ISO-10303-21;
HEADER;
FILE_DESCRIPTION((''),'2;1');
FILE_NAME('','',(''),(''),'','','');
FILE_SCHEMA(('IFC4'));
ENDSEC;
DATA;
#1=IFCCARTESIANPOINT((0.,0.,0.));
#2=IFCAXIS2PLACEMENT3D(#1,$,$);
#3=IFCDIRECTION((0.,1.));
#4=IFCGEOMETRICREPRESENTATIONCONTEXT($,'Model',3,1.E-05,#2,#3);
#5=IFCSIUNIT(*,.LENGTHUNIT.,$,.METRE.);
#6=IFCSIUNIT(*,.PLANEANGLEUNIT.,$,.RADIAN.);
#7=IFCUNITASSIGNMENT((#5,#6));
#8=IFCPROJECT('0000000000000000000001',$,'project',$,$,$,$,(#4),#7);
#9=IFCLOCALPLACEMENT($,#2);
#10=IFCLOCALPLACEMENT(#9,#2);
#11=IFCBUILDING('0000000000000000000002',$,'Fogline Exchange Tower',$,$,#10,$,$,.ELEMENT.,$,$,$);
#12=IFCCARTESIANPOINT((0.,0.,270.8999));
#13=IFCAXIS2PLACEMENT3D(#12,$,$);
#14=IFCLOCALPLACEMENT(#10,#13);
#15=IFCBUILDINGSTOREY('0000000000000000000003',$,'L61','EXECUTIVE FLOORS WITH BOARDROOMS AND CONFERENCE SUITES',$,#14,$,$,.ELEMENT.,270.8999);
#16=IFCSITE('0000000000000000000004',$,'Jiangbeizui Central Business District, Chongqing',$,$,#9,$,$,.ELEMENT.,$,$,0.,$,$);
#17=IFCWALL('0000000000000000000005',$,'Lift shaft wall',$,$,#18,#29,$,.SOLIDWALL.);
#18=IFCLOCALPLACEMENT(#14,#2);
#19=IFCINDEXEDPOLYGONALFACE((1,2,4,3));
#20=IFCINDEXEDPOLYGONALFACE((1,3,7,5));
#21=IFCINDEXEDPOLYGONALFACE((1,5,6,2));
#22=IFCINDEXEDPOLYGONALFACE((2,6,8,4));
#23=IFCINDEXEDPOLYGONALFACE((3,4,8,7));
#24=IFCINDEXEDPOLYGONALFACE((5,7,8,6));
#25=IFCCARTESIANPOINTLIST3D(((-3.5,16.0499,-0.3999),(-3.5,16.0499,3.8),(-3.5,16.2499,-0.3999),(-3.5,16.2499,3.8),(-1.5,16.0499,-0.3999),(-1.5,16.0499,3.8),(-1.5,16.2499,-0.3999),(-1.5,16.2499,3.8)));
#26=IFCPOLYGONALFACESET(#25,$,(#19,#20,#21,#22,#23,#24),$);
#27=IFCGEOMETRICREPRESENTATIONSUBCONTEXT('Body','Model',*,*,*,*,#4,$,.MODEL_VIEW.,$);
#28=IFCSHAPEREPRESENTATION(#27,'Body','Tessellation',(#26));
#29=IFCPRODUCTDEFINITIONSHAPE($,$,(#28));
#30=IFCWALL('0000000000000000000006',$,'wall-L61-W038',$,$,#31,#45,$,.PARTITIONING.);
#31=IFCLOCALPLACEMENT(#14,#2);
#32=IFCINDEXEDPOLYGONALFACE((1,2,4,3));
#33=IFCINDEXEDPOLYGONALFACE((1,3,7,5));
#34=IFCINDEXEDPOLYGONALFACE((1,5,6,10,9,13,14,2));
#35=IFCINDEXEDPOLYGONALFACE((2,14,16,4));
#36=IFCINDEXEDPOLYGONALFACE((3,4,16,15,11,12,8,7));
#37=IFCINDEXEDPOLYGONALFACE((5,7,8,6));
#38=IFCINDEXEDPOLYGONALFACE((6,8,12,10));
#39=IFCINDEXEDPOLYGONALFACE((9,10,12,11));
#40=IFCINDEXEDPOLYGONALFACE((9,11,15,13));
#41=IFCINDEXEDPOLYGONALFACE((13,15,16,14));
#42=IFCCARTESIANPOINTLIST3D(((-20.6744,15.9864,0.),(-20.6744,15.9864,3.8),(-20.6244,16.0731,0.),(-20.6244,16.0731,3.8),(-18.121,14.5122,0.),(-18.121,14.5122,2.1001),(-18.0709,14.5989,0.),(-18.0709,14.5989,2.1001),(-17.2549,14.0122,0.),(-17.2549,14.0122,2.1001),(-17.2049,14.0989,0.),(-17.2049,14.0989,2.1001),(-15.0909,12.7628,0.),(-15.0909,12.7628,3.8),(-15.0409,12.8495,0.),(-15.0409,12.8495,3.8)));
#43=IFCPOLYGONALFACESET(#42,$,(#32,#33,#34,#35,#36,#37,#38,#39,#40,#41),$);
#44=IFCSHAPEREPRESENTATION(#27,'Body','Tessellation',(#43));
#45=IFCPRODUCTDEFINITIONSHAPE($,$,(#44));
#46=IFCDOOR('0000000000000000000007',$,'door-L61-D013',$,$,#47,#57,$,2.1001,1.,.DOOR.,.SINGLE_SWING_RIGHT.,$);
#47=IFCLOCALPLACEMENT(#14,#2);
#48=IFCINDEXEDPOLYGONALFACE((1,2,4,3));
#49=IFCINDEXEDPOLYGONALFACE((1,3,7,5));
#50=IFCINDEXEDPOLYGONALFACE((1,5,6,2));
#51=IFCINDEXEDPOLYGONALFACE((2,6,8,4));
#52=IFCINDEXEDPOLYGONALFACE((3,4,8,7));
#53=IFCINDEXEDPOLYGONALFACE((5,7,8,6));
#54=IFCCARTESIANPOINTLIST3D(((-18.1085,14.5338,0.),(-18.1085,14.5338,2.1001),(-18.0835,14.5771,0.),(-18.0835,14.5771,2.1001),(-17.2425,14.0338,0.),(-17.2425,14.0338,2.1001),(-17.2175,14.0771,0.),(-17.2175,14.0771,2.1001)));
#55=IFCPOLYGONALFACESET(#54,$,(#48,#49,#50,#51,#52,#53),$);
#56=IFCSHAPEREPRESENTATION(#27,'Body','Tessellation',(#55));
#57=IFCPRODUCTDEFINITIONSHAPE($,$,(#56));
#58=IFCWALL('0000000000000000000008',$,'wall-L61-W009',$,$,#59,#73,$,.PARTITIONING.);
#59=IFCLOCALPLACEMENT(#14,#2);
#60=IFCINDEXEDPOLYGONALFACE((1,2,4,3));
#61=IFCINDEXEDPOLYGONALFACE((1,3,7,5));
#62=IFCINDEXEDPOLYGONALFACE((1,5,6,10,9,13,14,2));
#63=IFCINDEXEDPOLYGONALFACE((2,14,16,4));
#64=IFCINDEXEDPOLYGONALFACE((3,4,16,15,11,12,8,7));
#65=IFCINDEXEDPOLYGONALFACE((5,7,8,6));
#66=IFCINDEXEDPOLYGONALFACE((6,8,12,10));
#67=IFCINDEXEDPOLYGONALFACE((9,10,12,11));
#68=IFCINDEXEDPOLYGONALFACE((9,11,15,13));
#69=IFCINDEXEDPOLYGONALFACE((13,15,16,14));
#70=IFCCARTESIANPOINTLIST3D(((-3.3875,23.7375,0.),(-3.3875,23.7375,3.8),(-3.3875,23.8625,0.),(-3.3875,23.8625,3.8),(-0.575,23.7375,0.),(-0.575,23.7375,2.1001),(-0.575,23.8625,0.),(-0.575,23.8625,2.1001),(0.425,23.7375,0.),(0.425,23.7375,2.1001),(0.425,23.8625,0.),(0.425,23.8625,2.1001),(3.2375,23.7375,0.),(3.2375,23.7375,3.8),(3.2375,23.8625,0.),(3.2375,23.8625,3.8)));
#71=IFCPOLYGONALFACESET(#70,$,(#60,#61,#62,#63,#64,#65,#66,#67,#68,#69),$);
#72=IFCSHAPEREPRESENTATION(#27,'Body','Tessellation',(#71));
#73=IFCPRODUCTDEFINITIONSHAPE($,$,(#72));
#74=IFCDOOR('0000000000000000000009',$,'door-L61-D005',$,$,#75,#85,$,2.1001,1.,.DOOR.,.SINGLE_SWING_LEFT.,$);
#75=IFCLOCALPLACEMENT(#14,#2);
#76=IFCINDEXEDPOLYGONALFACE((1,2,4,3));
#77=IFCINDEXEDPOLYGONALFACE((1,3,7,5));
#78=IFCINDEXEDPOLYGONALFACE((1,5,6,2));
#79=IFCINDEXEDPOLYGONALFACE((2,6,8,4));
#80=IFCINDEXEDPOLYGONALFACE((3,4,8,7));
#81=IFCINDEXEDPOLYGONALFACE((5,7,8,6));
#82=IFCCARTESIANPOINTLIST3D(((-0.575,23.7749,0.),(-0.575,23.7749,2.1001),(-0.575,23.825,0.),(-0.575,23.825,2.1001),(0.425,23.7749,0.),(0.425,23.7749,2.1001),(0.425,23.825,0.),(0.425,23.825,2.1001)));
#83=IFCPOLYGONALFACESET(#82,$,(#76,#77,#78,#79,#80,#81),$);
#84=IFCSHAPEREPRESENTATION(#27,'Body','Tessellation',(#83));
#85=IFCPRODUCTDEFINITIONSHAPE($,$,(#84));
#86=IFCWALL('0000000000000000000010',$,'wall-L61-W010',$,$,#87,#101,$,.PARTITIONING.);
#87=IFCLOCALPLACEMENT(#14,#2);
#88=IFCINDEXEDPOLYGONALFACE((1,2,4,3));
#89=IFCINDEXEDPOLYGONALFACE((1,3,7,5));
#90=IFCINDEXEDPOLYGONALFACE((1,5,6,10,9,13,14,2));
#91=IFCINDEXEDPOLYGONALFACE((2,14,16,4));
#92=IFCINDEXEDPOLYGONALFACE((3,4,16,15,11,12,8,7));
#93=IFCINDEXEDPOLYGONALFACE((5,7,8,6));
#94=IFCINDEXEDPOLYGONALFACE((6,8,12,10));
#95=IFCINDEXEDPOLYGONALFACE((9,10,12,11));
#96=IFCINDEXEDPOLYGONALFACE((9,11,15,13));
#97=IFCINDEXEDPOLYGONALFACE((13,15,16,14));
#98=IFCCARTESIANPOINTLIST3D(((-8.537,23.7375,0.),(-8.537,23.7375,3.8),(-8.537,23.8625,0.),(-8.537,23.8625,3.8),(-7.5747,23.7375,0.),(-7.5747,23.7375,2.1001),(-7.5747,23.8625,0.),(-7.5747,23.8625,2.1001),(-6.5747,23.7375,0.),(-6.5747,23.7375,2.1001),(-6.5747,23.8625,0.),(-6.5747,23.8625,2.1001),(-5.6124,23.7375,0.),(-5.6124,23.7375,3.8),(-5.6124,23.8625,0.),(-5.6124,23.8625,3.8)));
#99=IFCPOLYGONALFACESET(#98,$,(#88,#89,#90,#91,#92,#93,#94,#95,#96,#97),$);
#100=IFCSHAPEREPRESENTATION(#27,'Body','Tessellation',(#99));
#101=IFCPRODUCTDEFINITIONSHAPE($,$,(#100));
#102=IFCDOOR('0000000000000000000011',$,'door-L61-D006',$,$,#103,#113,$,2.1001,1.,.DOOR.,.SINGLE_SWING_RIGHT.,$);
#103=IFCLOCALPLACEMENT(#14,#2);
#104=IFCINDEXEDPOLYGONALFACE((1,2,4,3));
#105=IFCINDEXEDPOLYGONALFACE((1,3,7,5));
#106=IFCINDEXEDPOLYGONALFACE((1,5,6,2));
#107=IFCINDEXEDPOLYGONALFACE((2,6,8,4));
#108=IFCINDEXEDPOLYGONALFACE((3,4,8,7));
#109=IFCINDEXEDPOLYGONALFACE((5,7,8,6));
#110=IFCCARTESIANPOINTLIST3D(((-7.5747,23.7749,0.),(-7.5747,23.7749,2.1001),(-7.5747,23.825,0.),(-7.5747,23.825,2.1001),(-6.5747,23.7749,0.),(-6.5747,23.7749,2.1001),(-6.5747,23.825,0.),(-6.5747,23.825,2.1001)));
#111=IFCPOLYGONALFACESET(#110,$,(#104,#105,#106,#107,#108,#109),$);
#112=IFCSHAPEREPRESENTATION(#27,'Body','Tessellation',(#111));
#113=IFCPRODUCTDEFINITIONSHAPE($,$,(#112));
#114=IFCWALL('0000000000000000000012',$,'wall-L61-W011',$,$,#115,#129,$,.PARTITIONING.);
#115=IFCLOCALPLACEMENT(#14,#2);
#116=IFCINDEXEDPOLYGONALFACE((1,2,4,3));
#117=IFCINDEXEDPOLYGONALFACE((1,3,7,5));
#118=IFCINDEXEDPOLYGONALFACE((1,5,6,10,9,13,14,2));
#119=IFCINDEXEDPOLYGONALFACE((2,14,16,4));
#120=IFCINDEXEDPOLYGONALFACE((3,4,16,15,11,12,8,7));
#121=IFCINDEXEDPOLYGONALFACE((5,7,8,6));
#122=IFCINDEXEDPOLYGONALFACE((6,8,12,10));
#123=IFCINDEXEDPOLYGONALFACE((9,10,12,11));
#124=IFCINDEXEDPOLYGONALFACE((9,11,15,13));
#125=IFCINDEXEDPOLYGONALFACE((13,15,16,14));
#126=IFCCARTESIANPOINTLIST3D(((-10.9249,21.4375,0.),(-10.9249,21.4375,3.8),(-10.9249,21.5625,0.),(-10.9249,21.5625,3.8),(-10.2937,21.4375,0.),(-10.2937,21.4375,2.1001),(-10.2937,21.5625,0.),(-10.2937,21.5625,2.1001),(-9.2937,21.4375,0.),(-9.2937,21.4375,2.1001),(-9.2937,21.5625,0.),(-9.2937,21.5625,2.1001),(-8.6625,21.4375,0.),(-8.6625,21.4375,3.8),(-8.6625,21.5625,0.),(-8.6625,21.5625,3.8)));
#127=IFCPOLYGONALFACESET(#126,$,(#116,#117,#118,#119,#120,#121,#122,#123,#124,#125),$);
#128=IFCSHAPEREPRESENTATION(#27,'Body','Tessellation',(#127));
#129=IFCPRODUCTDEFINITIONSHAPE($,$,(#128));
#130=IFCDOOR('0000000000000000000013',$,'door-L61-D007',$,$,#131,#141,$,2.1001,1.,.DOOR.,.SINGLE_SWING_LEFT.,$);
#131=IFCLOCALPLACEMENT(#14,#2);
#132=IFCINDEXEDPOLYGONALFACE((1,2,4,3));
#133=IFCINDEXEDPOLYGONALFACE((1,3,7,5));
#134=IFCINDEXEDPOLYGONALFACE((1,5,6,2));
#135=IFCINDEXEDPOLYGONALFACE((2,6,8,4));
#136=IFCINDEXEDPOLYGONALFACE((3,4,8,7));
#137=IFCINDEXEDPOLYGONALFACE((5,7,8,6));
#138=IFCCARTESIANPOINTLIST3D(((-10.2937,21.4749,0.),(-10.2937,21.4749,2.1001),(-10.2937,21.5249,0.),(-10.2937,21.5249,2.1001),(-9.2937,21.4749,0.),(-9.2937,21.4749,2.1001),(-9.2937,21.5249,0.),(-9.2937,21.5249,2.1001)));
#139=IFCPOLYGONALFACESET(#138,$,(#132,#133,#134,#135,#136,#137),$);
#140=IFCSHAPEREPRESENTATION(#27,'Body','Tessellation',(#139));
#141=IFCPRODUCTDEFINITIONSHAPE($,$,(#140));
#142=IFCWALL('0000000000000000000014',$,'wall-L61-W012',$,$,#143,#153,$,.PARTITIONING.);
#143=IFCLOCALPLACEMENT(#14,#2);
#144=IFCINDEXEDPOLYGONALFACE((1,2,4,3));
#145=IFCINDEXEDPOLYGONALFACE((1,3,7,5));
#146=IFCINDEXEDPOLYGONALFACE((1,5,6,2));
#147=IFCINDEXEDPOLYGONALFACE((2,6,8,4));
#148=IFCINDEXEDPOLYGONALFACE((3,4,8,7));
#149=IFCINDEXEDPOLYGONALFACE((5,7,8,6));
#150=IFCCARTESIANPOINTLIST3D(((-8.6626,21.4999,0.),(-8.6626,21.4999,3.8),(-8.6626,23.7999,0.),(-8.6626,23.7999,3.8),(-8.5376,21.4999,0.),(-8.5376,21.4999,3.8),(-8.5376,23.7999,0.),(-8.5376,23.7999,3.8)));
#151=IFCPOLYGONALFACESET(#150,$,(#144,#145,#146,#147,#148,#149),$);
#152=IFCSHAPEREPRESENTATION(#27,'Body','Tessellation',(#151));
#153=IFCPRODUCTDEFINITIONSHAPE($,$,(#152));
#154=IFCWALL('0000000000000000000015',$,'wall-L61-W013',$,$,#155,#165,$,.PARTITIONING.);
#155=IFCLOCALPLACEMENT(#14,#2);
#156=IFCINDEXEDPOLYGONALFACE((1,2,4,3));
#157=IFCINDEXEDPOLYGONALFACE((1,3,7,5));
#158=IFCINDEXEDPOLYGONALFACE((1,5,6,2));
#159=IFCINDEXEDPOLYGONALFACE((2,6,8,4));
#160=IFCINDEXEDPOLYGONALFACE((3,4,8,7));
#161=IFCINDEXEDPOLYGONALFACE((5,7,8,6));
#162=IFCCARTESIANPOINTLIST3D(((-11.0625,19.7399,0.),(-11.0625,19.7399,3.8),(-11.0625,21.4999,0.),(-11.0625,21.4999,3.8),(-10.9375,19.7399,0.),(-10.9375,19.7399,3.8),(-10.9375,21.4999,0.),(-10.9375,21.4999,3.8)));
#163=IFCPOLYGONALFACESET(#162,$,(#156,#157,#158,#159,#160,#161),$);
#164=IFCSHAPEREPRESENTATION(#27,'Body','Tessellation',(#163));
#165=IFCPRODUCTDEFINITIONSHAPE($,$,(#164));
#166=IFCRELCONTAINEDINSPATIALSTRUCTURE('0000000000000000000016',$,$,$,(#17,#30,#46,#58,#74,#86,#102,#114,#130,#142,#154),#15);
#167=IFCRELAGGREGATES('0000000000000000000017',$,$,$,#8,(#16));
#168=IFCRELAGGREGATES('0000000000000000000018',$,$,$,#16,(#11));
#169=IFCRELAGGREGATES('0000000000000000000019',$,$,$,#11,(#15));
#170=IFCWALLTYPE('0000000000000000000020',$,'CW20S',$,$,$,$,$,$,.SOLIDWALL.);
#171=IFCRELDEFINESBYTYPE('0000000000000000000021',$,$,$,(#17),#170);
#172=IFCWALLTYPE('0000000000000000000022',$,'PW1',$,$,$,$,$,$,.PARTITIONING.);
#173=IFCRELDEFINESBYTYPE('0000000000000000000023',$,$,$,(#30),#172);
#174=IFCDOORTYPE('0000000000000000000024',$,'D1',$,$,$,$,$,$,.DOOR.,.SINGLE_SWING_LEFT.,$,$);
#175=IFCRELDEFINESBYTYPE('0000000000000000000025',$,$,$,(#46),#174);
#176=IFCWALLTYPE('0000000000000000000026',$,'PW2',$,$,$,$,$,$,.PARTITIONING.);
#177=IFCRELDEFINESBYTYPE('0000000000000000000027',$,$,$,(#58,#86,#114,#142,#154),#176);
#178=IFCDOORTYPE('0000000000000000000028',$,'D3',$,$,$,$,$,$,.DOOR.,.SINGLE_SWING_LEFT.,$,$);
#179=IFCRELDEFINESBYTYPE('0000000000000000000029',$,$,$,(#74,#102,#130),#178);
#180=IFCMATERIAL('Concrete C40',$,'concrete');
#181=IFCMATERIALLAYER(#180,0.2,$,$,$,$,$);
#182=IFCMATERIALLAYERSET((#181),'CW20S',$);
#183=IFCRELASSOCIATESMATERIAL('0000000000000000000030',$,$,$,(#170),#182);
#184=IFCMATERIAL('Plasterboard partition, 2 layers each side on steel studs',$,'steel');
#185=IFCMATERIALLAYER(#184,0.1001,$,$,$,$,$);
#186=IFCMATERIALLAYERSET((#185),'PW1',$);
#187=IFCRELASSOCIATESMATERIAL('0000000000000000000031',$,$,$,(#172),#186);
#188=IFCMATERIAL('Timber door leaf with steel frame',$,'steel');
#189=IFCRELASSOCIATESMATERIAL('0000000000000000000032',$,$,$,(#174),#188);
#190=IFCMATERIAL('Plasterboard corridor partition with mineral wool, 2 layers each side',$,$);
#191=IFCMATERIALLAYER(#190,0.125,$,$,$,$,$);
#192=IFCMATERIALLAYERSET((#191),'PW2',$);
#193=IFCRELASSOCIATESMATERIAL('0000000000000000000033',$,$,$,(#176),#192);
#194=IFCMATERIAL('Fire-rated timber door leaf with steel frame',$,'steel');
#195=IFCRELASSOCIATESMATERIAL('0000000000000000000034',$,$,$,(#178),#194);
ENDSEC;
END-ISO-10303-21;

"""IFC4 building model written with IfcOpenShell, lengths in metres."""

from ifc_helpers import new_model, si_unit, direction, frame, frame_2d, origin, place, context, subcontext, project, spatial, rectangle, extrude, material, layer, layer_set, type_object, element, fill, save


model = new_model("IFC4")

# Units and contexts
model_context = context("Model", 3, precision=1e-05, world=origin(), true_north=direction((0.0, 1.0)))
body_context = subcontext(model_context, "Body", "Model", "MODEL_VIEW")
ifc_project = project(units=[si_unit("LENGTHUNIT", "METRE"), si_unit("PLANEANGLEUNIT", "RADIAN")], contexts=[model_context])

# Site, building, storey
site_placement = place(None, origin())
site = spatial("IfcSite", under=ifc_project, at=site_placement, Name="Jiangbeizui Central Business District, Chongqing", CompositionType="ELEMENT", RefElevation=0.0)
building_placement = place(site_placement, origin())
building = spatial("IfcBuilding", under=site, at=building_placement, Name="Fogline Exchange Tower", CompositionType="ELEMENT")
storey_placement = place(building_placement, frame((0.0, 0.0, 270.8999)))
storey = spatial("IfcBuildingStorey", under=building, at=storey_placement, Name="L61", Description="EXECUTIVE FLOORS WITH BOARDROOMS AND CONFERENCE SUITES", CompositionType="ELEMENT", Elevation=270.8999)

# Shared definitions
ifc_material_1 = material(Name="Concrete C40", Category="concrete")

# Wall
ifc_layer_1 = layer(ifc_material_1, 0.2)
ifc_layer_set_1 = layer_set([ifc_layer_1], Name="CW20S")
wall_type_1 = type_object("IfcWallType", Name="CW20S", PredefinedType="SOLIDWALL", material=ifc_layer_set_1)
for number, where, z_axis, x_axis, name in (
    (1, (-3.5, 16.1499, -0.3999), (0.0, 0.0, 1.0), (1.0, 0.0, 0.0), "Lift shaft wall"),
):
    element("IfcWall", number, at=place(storey_placement, frame(where, z_axis=z_axis, x_axis=x_axis)), inside=storey, type_object=wall_type_1, Name=name, PredefinedType="SOLIDWALL", context=body_context, shape_type="SweptSolid", body=[
        extrude(rectangle(XDim=2.0, YDim=0.2, at=frame_2d((1.0, 0.0))), origin(), (0.0, 0.0, 1.0), 4.2),
    ])

# Walls, openings, doors
ifc_material_2 = material(Name="Plasterboard partition, 2 layers each side on steel studs", Category="steel")
ifc_layer_2 = layer(ifc_material_2, 0.1001)
ifc_layer_set_2 = layer_set([ifc_layer_2], Name="PW1")
wall_type_2 = type_object("IfcWallType", Name="PW1", PredefinedType="PARTITIONING", material=ifc_layer_set_2)
wall_1_placement = place(storey_placement, frame((-15.0659, 12.8062, 0.0), z_axis=(0.0, 0.0, 1.0), x_axis=(-0.866025, 0.5, 0.0)))
wall_1 = element("IfcWall", 2, at=wall_1_placement, inside=storey, type_object=wall_type_2, Name="wall-L61-W038", PredefinedType="PARTITIONING", context=body_context, shape_type="SweptSolid", body=[
    extrude(rectangle(XDim=6.4473, YDim=0.1001, at=frame_2d((3.2236, 0.0))), origin(), (0.0, 0.0, 1.0), 3.8),
])
opening_1_placement = place(wall_1_placement, frame((2.4988, 0.0, 0.0)))
opening_1 = element("IfcOpeningElement", 3, at=opening_1_placement, cuts=wall_1, PredefinedType="OPENING", context=body_context, shape_type="SweptSolid", body=[
    extrude(rectangle(XDim=1.0, YDim=2.1001, at=frame_2d((0.5, 1.05))), frame((0.0, 0.0601, 0.0), z_axis=(0.0, -1.0, 0.0), x_axis=(1.0, 0.0, 0.0)), (0.0, 0.0, 1.0), 0.1201),
])
ifc_material_3 = material(Name="Timber door leaf with steel frame", Category="steel")
door_type_1 = type_object("IfcDoorType", Name="D1", OperationType="SINGLE_SWING_LEFT", PredefinedType="DOOR", material=ifc_material_3)
door_1_placement = place(opening_1_placement, frame((1.0, 0.0, 0.0), z_axis=(0.0, 0.0, 1.0), x_axis=(-1.0, 0.0, 0.0)))
door_1 = element("IfcDoor", 4, at=door_1_placement, inside=storey, type_object=door_type_1, Name="door-L61-D013", OperationType="SINGLE_SWING_RIGHT", OverallHeight=2.1001, OverallWidth=1.0, PredefinedType="DOOR", context=body_context, shape_type="SweptSolid", body=[
    extrude(rectangle(XDim=1.0, YDim=2.1001, at=frame_2d((0.5, 1.05))), frame((0.0, 0.0249, 0.0), z_axis=(0.0, -1.0, 0.0), x_axis=(1.0, 0.0, 0.0)), (0.0, 0.0, 1.0), 0.05),
])
fill(opening_1, door_1)
ifc_material_4 = material(Name="Plasterboard corridor partition with mineral wool, 2 layers each side")
ifc_layer_3 = layer(ifc_material_4, 0.125)
ifc_layer_set_3 = layer_set([ifc_layer_3], Name="PW2")
wall_type_3 = type_object("IfcWallType", Name="PW2", PredefinedType="PARTITIONING", material=ifc_layer_set_3)
wall_2_placement = place(storey_placement, frame((-3.3875, 23.8, 0.0), z_axis=(0.0, 0.0, 1.0), x_axis=(1.0, 0.0, 0.0)))
wall_2 = element("IfcWall", 5, at=wall_2_placement, inside=storey, type_object=wall_type_3, Name="wall-L61-W009", PredefinedType="PARTITIONING", context=body_context, shape_type="SweptSolid", body=[
    extrude(rectangle(XDim=6.625, YDim=0.125, at=frame_2d((3.3125, 0.0))), origin(), (0.0, 0.0, 1.0), 3.8),
])
opening_2_placement = place(wall_2_placement, frame((2.8125, 0.0, 0.0)))
opening_2 = element("IfcOpeningElement", 6, at=opening_2_placement, cuts=wall_2, PredefinedType="OPENING", context=body_context, shape_type="SweptSolid", body=[
    extrude(rectangle(XDim=1.0, YDim=2.1001, at=frame_2d((0.5, 1.05))), frame((0.0, 0.0725, 0.0), z_axis=(0.0, -1.0, 0.0), x_axis=(1.0, 0.0, 0.0)), (0.0, 0.0, 1.0), 0.145),
])
ifc_material_5 = material(Name="Fire-rated timber door leaf with steel frame", Category="steel")
door_type_2 = type_object("IfcDoorType", Name="D3", OperationType="SINGLE_SWING_LEFT", PredefinedType="DOOR", material=ifc_material_5)
door_2_placement = place(opening_2_placement, origin())
door_2 = element("IfcDoor", 7, at=door_2_placement, inside=storey, type_object=door_type_2, Name="door-L61-D005", OperationType="SINGLE_SWING_LEFT", OverallHeight=2.1001, OverallWidth=1.0, PredefinedType="DOOR", context=body_context, shape_type="SweptSolid", body=[
    extrude(rectangle(XDim=1.0, YDim=2.1001, at=frame_2d((0.5, 1.05))), frame((0.0, 0.0249, 0.0), z_axis=(0.0, -1.0, 0.0), x_axis=(1.0, 0.0, 0.0)), (0.0, 0.0, 1.0), 0.05),
])
fill(opening_2, door_2)
wall_3_placement = place(storey_placement, frame((-8.5371, 23.8, 0.0), z_axis=(0.0, 0.0, 1.0), x_axis=(1.0, 0.0, 0.0)))
wall_3 = element("IfcWall", 8, at=wall_3_placement, inside=storey, type_object=wall_type_3, Name="wall-L61-W010", PredefinedType="PARTITIONING", context=body_context, shape_type="SweptSolid", body=[
    extrude(rectangle(XDim=2.9246, YDim=0.125, at=frame_2d((1.4624, 0.0))), origin(), (0.0, 0.0, 1.0), 3.8),
])
opening_3_placement = place(wall_3_placement, frame((0.9624, 0.0, 0.0)))
opening_3 = element("IfcOpeningElement", 9, at=opening_3_placement, cuts=wall_3, PredefinedType="OPENING", context=body_context, shape_type="SweptSolid", body=[
    extrude(rectangle(XDim=1.0, YDim=2.1001, at=frame_2d((0.5, 1.05))), frame((0.0, 0.0725, 0.0), z_axis=(0.0, -1.0, 0.0), x_axis=(1.0, 0.0, 0.0)), (0.0, 0.0, 1.0), 0.145),
])
door_3_placement = place(opening_3_placement, origin())
door_3 = element("IfcDoor", 10, at=door_3_placement, inside=storey, type_object=door_type_2, Name="door-L61-D006", OperationType="SINGLE_SWING_RIGHT", OverallHeight=2.1001, OverallWidth=1.0, PredefinedType="DOOR", context=body_context, shape_type="SweptSolid", body=[
    extrude(rectangle(XDim=1.0, YDim=2.1001, at=frame_2d((0.5, 1.05))), frame((0.0, 0.0249, 0.0), z_axis=(0.0, -1.0, 0.0), x_axis=(1.0, 0.0, 0.0)), (0.0, 0.0, 1.0), 0.05),
])
fill(opening_3, door_3)
wall_4_placement = place(storey_placement, frame((-10.925, 21.5, 0.0), z_axis=(0.0, 0.0, 1.0), x_axis=(1.0, 0.0, 0.0)))
wall_4 = element("IfcWall", 11, at=wall_4_placement, inside=storey, type_object=wall_type_3, Name="wall-L61-W011", PredefinedType="PARTITIONING", context=body_context, shape_type="SweptSolid", body=[
    extrude(rectangle(XDim=2.2625, YDim=0.125, at=frame_2d((1.1313, 0.0))), origin(), (0.0, 0.0, 1.0), 3.8),
])
opening_4_placement = place(wall_4_placement, frame((0.6313, 0.0, 0.0)))
opening_4 = element("IfcOpeningElement", 12, at=opening_4_placement, cuts=wall_4, PredefinedType="OPENING", context=body_context, shape_type="SweptSolid", body=[
    extrude(rectangle(XDim=1.0, YDim=2.1001, at=frame_2d((0.5, 1.05))), frame((0.0, 0.0725, 0.0), z_axis=(0.0, -1.0, 0.0), x_axis=(1.0, 0.0, 0.0)), (0.0, 0.0, 1.0), 0.145),
])
door_4_placement = place(opening_4_placement, origin())
door_4 = element("IfcDoor", 13, at=door_4_placement, inside=storey, type_object=door_type_2, Name="door-L61-D007", OperationType="SINGLE_SWING_LEFT", OverallHeight=2.1001, OverallWidth=1.0, PredefinedType="DOOR", context=body_context, shape_type="SweptSolid", body=[
    extrude(rectangle(XDim=1.0, YDim=2.1001, at=frame_2d((0.5, 1.05))), frame((0.0, 0.0249, 0.0), z_axis=(0.0, -1.0, 0.0), x_axis=(1.0, 0.0, 0.0)), (0.0, 0.0, 1.0), 0.05),
])
fill(opening_4, door_4)

# Walls
wall_5_placement = place(storey_placement, frame((-8.6001, 21.5, 0.0), z_axis=(0.0, 0.0, 1.0), x_axis=(0.0, 1.0, 0.0)))
element("IfcWall", 14, at=wall_5_placement, inside=storey, type_object=wall_type_3, Name="wall-L61-W012", PredefinedType="PARTITIONING", context=body_context, shape_type="SweptSolid", body=[
    extrude(rectangle(XDim=2.3, YDim=0.125, at=frame_2d((1.1499, 0.0))), origin(), (0.0, 0.0, 1.0), 3.8),
])
wall_6_placement = place(storey_placement, frame((-11.0, 19.74, 0.0), z_axis=(0.0, 0.0, 1.0), x_axis=(0.0, 1.0, 0.0)))
element("IfcWall", 15, at=wall_6_placement, inside=storey, type_object=wall_type_3, Name="wall-L61-W013", PredefinedType="PARTITIONING", context=body_context, shape_type="SweptSolid", body=[
    extrude(rectangle(XDim=1.76, YDim=0.125, at=frame_2d((0.8799, 0.0))), origin(), (0.0, 0.0, 1.0), 3.8),
])

save(model, "model.ifc")
